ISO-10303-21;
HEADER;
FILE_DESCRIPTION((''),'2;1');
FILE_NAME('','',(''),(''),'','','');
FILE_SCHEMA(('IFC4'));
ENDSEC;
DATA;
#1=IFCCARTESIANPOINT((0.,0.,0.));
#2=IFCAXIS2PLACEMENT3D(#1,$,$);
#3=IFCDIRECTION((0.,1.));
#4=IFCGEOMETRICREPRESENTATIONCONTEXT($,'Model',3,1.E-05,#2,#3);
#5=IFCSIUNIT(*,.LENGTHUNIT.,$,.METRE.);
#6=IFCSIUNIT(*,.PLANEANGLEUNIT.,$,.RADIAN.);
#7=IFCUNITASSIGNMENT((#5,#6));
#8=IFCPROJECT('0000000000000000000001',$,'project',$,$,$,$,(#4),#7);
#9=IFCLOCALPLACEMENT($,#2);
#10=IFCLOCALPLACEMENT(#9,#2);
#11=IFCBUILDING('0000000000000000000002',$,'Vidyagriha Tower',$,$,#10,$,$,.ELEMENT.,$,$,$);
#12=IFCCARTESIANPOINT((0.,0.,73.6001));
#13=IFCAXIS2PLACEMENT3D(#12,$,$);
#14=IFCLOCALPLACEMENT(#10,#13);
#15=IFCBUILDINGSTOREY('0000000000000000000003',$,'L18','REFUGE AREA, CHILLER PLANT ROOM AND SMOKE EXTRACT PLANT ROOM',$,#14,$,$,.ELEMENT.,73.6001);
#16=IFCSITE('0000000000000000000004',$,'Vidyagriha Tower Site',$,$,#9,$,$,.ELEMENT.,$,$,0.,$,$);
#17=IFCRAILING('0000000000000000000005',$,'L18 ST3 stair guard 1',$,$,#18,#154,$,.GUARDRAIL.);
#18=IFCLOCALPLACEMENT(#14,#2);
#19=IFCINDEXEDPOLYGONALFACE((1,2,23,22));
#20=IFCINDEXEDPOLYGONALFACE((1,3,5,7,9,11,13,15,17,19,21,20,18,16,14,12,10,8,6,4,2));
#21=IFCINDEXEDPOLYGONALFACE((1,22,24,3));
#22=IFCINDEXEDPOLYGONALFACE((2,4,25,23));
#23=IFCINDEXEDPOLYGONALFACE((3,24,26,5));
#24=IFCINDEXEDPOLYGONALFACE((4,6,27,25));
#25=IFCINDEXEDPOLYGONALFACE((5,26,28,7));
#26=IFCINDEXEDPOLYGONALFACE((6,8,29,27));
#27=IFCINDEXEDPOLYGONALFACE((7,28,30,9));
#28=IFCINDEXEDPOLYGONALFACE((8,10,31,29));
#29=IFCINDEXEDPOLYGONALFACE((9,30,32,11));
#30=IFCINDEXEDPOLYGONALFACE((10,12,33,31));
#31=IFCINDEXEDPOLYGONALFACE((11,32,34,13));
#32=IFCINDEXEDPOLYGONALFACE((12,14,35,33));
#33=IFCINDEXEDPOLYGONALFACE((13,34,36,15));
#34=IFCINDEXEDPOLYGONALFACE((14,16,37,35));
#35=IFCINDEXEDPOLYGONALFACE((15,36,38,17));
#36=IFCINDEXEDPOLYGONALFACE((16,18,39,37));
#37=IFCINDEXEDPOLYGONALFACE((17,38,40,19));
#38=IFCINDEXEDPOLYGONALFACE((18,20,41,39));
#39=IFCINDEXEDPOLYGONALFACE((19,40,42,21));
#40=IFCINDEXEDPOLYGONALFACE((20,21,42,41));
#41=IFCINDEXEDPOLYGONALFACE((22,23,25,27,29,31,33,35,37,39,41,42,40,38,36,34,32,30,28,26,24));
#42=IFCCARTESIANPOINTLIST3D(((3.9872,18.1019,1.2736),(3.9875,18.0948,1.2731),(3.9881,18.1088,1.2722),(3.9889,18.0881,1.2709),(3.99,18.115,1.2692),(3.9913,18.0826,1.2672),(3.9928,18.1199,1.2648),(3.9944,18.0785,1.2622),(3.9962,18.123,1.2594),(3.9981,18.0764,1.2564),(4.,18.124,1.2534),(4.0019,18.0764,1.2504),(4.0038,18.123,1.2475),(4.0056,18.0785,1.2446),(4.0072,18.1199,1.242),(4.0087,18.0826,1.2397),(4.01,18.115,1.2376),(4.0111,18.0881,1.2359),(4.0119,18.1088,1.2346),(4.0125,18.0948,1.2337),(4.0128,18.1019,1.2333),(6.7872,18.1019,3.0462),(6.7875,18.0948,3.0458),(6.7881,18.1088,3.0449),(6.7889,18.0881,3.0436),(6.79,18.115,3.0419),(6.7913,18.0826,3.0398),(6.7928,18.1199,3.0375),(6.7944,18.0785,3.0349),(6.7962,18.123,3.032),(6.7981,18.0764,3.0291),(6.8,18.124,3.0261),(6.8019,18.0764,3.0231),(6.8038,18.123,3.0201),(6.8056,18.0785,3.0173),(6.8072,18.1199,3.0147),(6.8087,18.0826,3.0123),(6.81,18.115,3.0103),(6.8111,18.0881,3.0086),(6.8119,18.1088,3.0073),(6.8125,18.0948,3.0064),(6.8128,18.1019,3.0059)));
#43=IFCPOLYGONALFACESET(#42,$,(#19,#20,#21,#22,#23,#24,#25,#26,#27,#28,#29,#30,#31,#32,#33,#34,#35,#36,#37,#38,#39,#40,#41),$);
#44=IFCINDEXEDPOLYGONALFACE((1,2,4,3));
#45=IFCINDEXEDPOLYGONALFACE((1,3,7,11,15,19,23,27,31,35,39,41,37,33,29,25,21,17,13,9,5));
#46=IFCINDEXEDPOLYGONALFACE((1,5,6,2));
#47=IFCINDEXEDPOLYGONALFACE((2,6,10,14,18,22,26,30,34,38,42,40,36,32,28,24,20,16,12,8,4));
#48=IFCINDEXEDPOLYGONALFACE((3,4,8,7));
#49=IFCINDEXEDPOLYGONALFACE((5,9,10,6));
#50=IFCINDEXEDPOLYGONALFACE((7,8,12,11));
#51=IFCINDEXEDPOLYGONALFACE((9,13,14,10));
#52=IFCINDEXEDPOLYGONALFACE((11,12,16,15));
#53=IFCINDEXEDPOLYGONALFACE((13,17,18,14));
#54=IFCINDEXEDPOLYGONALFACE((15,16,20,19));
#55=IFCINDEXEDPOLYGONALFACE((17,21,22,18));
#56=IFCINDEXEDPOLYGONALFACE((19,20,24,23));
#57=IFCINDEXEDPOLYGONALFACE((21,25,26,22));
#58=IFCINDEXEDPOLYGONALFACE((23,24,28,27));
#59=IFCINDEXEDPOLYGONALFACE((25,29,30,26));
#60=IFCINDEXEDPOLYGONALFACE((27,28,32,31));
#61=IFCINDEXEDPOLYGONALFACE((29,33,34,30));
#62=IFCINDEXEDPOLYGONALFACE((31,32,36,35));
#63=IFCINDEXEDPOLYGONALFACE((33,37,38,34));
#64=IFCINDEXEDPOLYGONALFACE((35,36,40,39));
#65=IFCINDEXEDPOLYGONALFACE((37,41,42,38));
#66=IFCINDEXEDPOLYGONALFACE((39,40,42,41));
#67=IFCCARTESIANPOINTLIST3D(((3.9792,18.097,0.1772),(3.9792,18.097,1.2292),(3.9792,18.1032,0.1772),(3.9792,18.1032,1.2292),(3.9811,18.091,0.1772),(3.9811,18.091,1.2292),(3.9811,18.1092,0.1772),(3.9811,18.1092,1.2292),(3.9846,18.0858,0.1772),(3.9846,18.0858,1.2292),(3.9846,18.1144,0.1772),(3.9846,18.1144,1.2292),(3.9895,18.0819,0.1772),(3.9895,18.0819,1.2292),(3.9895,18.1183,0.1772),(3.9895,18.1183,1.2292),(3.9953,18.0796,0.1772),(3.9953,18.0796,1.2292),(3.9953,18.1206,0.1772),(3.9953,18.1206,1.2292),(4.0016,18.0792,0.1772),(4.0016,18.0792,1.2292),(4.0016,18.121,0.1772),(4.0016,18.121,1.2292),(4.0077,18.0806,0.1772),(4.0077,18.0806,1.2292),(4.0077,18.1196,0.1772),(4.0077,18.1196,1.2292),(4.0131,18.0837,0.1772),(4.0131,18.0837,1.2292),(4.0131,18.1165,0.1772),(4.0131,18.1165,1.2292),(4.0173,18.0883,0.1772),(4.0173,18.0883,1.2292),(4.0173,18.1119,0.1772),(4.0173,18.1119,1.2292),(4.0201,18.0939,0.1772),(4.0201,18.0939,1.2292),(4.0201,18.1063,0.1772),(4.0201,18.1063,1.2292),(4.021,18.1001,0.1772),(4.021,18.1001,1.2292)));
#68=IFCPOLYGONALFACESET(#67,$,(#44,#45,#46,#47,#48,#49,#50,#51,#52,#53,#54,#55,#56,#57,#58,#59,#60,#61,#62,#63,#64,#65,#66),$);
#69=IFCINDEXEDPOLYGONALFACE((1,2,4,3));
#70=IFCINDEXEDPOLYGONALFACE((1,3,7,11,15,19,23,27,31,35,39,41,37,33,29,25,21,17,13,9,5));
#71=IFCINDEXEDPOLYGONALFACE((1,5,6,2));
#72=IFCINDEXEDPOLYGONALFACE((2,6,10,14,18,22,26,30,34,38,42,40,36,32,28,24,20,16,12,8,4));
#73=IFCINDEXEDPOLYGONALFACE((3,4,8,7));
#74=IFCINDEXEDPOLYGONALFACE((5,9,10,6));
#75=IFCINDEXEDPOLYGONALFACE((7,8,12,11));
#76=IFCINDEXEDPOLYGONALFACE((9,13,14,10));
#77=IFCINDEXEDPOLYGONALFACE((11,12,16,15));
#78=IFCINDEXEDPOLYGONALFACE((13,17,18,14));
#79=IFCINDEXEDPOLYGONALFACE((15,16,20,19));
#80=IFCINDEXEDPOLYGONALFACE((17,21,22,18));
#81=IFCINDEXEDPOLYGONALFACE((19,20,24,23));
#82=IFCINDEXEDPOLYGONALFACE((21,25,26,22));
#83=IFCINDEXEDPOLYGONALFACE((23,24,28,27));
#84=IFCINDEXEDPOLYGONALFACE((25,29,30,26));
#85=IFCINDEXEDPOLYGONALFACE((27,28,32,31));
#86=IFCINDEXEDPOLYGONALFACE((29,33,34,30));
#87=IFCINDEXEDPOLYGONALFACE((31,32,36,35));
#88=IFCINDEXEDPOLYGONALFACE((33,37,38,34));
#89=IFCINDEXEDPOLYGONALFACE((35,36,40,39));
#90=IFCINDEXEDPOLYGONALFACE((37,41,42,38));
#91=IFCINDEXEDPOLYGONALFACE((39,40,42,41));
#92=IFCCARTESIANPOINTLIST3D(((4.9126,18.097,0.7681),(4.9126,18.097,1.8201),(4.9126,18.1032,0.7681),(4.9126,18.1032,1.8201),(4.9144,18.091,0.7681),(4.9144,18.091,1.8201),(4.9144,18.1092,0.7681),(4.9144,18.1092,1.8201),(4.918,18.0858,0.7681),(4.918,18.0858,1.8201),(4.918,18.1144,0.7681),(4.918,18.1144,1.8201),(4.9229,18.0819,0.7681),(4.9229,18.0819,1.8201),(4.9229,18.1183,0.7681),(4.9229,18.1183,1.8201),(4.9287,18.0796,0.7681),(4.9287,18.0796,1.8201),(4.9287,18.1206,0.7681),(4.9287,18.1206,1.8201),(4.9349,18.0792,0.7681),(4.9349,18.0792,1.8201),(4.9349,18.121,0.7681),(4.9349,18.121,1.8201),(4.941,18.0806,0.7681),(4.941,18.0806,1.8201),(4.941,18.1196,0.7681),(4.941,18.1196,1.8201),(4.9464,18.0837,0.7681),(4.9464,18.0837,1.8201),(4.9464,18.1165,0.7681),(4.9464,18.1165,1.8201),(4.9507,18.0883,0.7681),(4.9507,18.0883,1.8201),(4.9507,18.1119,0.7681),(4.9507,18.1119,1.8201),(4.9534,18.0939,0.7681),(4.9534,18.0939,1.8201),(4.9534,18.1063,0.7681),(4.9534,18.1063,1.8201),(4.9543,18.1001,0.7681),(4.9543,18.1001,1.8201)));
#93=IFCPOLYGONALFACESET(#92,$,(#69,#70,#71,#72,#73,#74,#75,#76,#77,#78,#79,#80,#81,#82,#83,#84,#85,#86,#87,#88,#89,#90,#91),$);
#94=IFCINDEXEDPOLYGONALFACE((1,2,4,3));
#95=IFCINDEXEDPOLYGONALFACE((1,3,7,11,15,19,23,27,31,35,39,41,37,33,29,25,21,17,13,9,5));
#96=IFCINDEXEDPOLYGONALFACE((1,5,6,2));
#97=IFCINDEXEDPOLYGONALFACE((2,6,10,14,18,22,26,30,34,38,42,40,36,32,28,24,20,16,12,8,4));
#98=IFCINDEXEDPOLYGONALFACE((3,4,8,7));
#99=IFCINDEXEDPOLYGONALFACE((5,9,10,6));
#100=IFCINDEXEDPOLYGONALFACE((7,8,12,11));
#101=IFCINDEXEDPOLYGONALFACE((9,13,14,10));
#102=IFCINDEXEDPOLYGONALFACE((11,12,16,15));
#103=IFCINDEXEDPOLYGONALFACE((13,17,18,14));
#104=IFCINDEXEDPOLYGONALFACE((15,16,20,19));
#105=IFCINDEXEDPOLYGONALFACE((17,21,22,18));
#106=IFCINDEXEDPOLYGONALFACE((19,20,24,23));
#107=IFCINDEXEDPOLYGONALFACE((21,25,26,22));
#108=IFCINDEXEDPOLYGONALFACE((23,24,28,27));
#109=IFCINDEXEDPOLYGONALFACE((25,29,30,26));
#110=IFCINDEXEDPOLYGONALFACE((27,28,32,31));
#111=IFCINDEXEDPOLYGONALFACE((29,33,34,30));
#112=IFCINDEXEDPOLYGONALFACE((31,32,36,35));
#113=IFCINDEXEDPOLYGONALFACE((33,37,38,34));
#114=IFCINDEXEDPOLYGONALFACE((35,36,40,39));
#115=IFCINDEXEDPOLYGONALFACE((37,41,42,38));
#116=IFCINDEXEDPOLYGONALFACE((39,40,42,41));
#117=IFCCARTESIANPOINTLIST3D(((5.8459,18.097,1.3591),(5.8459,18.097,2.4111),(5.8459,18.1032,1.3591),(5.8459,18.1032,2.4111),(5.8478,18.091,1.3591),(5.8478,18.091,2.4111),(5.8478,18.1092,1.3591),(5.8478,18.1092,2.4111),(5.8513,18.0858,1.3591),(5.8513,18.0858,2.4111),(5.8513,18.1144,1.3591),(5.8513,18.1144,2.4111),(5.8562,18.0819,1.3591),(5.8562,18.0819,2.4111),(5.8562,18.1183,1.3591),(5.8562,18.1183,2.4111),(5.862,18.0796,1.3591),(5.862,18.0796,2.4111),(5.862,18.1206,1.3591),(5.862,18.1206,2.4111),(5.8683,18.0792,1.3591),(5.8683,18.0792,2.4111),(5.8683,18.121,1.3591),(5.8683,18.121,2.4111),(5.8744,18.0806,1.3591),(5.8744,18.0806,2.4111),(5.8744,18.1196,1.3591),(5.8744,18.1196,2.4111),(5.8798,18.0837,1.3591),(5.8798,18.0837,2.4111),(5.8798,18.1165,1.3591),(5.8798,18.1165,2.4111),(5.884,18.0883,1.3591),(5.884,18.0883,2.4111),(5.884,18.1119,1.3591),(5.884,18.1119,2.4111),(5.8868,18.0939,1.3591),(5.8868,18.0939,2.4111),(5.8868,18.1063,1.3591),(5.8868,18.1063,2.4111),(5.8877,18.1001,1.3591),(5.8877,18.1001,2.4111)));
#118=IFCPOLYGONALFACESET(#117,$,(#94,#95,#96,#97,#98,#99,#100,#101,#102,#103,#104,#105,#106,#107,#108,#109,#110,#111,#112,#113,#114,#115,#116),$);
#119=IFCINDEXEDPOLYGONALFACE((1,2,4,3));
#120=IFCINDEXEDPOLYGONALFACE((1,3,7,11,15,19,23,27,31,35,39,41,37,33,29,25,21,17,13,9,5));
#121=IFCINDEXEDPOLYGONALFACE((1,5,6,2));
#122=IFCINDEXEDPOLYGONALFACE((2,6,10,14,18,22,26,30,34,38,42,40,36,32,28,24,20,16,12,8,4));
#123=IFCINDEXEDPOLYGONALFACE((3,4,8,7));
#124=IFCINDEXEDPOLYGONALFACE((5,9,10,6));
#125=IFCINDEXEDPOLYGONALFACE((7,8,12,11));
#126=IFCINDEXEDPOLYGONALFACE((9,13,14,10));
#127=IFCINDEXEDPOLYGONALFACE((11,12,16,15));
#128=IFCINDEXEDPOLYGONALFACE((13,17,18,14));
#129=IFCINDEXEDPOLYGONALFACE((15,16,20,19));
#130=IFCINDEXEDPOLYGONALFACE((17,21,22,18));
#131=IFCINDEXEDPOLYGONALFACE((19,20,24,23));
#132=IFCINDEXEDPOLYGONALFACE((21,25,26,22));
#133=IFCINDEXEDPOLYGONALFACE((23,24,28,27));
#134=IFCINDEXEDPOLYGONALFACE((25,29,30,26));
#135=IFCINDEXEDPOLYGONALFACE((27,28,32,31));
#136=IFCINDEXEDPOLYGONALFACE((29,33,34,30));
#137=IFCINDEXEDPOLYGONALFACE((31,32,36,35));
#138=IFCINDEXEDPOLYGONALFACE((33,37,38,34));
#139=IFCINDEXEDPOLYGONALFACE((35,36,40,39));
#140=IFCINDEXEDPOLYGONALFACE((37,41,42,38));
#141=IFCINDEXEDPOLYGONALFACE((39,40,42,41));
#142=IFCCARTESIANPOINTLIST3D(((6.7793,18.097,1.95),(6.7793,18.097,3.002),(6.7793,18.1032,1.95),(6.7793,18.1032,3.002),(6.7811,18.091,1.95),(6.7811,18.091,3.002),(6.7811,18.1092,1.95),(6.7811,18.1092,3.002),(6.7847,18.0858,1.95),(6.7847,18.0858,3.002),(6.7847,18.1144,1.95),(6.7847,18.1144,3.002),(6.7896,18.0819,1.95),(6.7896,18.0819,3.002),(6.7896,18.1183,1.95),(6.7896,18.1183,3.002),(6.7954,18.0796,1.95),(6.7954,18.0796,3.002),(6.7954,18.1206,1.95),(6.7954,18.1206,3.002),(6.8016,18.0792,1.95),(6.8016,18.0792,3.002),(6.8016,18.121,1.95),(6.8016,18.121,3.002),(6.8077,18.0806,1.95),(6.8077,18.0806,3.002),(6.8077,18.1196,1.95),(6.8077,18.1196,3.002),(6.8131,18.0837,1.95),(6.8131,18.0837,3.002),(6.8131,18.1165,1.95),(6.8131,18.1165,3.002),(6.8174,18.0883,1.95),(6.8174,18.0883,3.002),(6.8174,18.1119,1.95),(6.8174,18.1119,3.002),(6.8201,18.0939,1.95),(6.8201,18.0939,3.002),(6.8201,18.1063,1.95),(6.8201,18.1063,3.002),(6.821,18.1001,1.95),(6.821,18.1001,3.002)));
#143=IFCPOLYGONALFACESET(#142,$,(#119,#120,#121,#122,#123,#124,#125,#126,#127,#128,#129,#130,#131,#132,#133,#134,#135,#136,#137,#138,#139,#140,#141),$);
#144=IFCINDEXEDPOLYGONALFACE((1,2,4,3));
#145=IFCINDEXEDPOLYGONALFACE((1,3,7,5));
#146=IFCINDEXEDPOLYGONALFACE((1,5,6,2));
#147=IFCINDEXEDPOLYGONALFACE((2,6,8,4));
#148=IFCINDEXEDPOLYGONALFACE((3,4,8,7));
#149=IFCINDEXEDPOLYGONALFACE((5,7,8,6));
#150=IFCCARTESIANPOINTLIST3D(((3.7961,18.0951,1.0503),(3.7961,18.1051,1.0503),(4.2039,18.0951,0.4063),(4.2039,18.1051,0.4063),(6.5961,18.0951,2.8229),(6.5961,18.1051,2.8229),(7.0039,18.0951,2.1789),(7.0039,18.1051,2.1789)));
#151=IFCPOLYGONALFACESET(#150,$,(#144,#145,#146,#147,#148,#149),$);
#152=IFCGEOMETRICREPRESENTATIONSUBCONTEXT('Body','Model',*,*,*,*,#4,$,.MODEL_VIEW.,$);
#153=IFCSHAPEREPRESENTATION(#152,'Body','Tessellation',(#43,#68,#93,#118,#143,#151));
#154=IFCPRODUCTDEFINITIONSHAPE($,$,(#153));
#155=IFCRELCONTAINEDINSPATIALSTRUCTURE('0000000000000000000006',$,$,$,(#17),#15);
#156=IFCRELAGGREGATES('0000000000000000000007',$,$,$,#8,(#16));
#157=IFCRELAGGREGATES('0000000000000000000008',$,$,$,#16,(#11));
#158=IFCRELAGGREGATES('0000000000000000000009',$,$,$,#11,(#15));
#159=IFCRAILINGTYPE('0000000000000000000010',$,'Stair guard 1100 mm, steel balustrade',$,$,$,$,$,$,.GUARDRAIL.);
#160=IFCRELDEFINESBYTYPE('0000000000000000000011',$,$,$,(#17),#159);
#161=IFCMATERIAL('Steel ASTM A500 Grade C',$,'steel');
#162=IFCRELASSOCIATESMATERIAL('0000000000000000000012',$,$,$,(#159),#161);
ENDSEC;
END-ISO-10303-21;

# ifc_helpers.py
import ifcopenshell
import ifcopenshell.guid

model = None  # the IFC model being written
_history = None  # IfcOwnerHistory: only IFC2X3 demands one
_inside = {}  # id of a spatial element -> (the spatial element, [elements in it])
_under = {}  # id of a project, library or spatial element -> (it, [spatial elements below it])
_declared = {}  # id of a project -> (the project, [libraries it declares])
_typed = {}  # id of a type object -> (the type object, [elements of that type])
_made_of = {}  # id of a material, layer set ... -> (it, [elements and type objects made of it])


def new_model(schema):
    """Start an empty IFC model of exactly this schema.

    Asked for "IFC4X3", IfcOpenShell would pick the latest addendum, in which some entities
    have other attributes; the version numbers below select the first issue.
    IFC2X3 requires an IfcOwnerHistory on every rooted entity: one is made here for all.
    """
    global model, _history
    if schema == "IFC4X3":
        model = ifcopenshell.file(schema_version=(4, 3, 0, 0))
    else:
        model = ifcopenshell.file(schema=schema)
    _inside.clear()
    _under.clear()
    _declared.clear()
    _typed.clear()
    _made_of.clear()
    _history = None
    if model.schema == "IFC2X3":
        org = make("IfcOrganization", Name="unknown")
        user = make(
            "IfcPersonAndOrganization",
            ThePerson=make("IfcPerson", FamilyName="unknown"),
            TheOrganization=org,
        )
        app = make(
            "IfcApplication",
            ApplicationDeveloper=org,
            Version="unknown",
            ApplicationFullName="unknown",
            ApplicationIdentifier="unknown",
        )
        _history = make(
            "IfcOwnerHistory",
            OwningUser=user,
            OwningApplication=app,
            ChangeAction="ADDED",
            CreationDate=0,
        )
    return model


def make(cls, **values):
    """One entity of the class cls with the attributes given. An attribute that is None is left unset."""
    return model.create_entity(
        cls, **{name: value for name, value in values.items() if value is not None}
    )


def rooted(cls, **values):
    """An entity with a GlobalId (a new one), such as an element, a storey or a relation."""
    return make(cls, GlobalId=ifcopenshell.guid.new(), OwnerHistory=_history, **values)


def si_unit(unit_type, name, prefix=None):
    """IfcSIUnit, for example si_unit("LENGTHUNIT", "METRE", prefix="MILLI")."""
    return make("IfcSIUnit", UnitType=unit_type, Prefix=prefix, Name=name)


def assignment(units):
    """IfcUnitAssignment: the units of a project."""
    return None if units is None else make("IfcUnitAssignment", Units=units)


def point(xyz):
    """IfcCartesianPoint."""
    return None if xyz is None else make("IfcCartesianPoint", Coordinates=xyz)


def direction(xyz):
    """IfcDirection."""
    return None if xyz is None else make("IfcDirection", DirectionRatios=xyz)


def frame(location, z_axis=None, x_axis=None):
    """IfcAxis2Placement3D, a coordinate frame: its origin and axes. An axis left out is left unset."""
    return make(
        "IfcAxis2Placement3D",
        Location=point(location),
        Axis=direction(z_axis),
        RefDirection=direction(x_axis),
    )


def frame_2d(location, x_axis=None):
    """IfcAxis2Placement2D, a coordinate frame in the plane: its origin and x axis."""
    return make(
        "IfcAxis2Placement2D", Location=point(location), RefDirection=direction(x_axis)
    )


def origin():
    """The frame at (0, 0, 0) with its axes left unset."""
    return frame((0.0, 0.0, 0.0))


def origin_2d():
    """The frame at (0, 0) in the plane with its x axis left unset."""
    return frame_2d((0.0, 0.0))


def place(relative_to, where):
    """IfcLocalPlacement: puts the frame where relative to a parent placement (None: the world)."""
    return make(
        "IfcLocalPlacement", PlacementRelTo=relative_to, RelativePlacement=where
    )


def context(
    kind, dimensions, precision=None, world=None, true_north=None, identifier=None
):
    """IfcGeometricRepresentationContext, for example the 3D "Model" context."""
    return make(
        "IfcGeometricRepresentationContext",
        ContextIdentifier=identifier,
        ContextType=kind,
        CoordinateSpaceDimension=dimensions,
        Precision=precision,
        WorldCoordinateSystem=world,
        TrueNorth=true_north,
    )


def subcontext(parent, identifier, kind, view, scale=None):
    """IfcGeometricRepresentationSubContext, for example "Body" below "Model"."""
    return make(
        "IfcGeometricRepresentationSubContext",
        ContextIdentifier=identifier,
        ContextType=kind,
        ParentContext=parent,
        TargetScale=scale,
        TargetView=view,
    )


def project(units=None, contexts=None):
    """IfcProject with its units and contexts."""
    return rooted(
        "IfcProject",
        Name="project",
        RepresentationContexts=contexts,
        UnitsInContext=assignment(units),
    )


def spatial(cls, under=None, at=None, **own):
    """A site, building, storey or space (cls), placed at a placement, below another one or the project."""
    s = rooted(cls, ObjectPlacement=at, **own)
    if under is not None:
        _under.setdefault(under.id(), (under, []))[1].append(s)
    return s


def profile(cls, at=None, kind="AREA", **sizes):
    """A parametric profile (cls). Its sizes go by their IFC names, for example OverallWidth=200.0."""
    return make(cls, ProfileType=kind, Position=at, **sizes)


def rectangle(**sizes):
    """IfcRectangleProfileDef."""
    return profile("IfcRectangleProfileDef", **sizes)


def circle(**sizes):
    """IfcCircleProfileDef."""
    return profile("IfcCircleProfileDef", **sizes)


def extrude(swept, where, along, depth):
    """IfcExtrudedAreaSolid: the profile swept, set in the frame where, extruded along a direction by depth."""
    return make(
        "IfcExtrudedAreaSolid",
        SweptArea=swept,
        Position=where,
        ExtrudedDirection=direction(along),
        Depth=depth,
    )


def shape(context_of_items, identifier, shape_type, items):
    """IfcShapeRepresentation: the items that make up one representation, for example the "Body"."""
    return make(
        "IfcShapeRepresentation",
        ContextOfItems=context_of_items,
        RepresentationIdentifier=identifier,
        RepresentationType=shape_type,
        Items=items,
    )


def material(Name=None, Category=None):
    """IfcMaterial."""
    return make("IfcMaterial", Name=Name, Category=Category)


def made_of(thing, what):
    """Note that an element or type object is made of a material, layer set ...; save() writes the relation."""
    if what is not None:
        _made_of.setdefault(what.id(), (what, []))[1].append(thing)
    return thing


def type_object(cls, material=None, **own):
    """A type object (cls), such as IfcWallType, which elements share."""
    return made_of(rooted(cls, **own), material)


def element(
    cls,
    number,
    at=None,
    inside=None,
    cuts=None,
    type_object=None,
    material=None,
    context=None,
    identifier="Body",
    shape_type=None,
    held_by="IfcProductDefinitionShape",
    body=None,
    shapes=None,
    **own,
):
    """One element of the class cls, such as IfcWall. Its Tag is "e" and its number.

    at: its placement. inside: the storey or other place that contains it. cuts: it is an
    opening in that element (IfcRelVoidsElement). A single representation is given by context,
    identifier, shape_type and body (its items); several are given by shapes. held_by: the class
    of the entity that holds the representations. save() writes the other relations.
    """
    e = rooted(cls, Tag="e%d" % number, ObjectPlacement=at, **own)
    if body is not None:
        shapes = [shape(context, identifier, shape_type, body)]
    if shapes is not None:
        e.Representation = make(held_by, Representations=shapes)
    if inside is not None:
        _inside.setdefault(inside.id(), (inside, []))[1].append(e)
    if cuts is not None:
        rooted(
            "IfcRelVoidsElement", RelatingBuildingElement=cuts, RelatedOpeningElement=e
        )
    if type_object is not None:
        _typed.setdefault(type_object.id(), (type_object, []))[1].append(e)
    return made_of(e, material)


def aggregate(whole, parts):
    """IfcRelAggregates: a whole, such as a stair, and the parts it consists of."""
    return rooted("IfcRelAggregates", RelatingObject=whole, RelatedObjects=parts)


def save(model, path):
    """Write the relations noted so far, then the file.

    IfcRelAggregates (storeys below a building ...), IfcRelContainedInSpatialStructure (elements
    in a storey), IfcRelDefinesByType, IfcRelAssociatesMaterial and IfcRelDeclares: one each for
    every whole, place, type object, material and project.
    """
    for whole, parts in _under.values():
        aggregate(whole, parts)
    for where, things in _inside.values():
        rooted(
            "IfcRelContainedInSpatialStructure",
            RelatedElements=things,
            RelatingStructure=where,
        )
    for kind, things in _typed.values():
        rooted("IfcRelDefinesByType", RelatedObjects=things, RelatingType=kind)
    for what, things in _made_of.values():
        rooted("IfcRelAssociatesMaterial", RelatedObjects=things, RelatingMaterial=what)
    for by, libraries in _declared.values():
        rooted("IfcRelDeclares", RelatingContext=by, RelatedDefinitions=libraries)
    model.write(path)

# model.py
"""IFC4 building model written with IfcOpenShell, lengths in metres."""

from ifc_helpers import new_model, si_unit, direction, frame, origin, origin_2d, place, context, subcontext, project, spatial, rectangle, circle, extrude, material, type_object, element, save


model = new_model("IFC4")

# Units and contexts
model_context = context("Model", 3, precision=1e-05, world=origin(), true_north=direction((0.0, 1.0)))
body_context = subcontext(model_context, "Body", "Model", "MODEL_VIEW")
ifc_project = project(units=[si_unit("LENGTHUNIT", "METRE"), si_unit("PLANEANGLEUNIT", "RADIAN")], contexts=[model_context])

# Site, building, storey
site_placement = place(None, origin())
site = spatial("IfcSite", under=ifc_project, at=site_placement, Name="Vidyagriha Tower Site", CompositionType="ELEMENT", RefElevation=0.0)
building_placement = place(site_placement, origin())
building = spatial("IfcBuilding", under=site, at=building_placement, Name="Vidyagriha Tower", CompositionType="ELEMENT")
storey_placement = place(building_placement, frame((0.0, 0.0, 73.6001)))
storey = spatial("IfcBuildingStorey", under=building, at=storey_placement, Name="L18", Description="REFUGE AREA, CHILLER PLANT ROOM AND SMOKE EXTRACT PLANT ROOM", CompositionType="ELEMENT", Elevation=73.6001)

# Railing
ifc_material_1 = material(Name="Steel ASTM A500 Grade C", Category="steel")
railing_type_1 = type_object("IfcRailingType", Name="Stair guard 1100 mm, steel balustrade", PredefinedType="GUARDRAIL", material=ifc_material_1)
railing_1_placement = place(storey_placement, frame((4.0, 18.1001, 0.1772)))
element("IfcRailing", 1, at=railing_1_placement, inside=storey, type_object=railing_type_1, Name="L18 ST3 stair guard 1", PredefinedType="GUARDRAIL", context=body_context, shape_type="SweptSolid", body=[
    extrude(circle(Radius=0.0239, at=origin_2d()), frame((0.0, 0.0, 1.0762), z_axis=(0.844909, 0.0, 0.53491), x_axis=(0.0, 1.0, 0.0)), (0.0, 0.0, 1.0), 3.314),
    extrude(circle(Radius=0.021, at=origin_2d()), origin(), (0.0, 0.0, 1.0), 1.052),
    extrude(circle(Radius=0.021, at=origin_2d()), frame((0.9333, 0.0, 0.5908)), (0.0, 0.0, 1.0), 1.052),
    extrude(circle(Radius=0.021, at=origin_2d()), frame((1.8667, 0.0, 1.1819)), (0.0, 0.0, 1.0), 1.052),
    extrude(circle(Radius=0.021, at=origin_2d()), frame((2.8, 0.0, 1.7727)), (0.0, 0.0, 1.0), 1.052),
    extrude(rectangle(XDim=0.01, YDim=0.7622, at=origin_2d()), frame((0.0, 0.0, 0.551), z_axis=(0.844909, 0.0, 0.53491), x_axis=(0.0, 1.0, 0.0)), (0.0, 0.0, 1.0), 3.314),
])

save(model, "model.ifc")
